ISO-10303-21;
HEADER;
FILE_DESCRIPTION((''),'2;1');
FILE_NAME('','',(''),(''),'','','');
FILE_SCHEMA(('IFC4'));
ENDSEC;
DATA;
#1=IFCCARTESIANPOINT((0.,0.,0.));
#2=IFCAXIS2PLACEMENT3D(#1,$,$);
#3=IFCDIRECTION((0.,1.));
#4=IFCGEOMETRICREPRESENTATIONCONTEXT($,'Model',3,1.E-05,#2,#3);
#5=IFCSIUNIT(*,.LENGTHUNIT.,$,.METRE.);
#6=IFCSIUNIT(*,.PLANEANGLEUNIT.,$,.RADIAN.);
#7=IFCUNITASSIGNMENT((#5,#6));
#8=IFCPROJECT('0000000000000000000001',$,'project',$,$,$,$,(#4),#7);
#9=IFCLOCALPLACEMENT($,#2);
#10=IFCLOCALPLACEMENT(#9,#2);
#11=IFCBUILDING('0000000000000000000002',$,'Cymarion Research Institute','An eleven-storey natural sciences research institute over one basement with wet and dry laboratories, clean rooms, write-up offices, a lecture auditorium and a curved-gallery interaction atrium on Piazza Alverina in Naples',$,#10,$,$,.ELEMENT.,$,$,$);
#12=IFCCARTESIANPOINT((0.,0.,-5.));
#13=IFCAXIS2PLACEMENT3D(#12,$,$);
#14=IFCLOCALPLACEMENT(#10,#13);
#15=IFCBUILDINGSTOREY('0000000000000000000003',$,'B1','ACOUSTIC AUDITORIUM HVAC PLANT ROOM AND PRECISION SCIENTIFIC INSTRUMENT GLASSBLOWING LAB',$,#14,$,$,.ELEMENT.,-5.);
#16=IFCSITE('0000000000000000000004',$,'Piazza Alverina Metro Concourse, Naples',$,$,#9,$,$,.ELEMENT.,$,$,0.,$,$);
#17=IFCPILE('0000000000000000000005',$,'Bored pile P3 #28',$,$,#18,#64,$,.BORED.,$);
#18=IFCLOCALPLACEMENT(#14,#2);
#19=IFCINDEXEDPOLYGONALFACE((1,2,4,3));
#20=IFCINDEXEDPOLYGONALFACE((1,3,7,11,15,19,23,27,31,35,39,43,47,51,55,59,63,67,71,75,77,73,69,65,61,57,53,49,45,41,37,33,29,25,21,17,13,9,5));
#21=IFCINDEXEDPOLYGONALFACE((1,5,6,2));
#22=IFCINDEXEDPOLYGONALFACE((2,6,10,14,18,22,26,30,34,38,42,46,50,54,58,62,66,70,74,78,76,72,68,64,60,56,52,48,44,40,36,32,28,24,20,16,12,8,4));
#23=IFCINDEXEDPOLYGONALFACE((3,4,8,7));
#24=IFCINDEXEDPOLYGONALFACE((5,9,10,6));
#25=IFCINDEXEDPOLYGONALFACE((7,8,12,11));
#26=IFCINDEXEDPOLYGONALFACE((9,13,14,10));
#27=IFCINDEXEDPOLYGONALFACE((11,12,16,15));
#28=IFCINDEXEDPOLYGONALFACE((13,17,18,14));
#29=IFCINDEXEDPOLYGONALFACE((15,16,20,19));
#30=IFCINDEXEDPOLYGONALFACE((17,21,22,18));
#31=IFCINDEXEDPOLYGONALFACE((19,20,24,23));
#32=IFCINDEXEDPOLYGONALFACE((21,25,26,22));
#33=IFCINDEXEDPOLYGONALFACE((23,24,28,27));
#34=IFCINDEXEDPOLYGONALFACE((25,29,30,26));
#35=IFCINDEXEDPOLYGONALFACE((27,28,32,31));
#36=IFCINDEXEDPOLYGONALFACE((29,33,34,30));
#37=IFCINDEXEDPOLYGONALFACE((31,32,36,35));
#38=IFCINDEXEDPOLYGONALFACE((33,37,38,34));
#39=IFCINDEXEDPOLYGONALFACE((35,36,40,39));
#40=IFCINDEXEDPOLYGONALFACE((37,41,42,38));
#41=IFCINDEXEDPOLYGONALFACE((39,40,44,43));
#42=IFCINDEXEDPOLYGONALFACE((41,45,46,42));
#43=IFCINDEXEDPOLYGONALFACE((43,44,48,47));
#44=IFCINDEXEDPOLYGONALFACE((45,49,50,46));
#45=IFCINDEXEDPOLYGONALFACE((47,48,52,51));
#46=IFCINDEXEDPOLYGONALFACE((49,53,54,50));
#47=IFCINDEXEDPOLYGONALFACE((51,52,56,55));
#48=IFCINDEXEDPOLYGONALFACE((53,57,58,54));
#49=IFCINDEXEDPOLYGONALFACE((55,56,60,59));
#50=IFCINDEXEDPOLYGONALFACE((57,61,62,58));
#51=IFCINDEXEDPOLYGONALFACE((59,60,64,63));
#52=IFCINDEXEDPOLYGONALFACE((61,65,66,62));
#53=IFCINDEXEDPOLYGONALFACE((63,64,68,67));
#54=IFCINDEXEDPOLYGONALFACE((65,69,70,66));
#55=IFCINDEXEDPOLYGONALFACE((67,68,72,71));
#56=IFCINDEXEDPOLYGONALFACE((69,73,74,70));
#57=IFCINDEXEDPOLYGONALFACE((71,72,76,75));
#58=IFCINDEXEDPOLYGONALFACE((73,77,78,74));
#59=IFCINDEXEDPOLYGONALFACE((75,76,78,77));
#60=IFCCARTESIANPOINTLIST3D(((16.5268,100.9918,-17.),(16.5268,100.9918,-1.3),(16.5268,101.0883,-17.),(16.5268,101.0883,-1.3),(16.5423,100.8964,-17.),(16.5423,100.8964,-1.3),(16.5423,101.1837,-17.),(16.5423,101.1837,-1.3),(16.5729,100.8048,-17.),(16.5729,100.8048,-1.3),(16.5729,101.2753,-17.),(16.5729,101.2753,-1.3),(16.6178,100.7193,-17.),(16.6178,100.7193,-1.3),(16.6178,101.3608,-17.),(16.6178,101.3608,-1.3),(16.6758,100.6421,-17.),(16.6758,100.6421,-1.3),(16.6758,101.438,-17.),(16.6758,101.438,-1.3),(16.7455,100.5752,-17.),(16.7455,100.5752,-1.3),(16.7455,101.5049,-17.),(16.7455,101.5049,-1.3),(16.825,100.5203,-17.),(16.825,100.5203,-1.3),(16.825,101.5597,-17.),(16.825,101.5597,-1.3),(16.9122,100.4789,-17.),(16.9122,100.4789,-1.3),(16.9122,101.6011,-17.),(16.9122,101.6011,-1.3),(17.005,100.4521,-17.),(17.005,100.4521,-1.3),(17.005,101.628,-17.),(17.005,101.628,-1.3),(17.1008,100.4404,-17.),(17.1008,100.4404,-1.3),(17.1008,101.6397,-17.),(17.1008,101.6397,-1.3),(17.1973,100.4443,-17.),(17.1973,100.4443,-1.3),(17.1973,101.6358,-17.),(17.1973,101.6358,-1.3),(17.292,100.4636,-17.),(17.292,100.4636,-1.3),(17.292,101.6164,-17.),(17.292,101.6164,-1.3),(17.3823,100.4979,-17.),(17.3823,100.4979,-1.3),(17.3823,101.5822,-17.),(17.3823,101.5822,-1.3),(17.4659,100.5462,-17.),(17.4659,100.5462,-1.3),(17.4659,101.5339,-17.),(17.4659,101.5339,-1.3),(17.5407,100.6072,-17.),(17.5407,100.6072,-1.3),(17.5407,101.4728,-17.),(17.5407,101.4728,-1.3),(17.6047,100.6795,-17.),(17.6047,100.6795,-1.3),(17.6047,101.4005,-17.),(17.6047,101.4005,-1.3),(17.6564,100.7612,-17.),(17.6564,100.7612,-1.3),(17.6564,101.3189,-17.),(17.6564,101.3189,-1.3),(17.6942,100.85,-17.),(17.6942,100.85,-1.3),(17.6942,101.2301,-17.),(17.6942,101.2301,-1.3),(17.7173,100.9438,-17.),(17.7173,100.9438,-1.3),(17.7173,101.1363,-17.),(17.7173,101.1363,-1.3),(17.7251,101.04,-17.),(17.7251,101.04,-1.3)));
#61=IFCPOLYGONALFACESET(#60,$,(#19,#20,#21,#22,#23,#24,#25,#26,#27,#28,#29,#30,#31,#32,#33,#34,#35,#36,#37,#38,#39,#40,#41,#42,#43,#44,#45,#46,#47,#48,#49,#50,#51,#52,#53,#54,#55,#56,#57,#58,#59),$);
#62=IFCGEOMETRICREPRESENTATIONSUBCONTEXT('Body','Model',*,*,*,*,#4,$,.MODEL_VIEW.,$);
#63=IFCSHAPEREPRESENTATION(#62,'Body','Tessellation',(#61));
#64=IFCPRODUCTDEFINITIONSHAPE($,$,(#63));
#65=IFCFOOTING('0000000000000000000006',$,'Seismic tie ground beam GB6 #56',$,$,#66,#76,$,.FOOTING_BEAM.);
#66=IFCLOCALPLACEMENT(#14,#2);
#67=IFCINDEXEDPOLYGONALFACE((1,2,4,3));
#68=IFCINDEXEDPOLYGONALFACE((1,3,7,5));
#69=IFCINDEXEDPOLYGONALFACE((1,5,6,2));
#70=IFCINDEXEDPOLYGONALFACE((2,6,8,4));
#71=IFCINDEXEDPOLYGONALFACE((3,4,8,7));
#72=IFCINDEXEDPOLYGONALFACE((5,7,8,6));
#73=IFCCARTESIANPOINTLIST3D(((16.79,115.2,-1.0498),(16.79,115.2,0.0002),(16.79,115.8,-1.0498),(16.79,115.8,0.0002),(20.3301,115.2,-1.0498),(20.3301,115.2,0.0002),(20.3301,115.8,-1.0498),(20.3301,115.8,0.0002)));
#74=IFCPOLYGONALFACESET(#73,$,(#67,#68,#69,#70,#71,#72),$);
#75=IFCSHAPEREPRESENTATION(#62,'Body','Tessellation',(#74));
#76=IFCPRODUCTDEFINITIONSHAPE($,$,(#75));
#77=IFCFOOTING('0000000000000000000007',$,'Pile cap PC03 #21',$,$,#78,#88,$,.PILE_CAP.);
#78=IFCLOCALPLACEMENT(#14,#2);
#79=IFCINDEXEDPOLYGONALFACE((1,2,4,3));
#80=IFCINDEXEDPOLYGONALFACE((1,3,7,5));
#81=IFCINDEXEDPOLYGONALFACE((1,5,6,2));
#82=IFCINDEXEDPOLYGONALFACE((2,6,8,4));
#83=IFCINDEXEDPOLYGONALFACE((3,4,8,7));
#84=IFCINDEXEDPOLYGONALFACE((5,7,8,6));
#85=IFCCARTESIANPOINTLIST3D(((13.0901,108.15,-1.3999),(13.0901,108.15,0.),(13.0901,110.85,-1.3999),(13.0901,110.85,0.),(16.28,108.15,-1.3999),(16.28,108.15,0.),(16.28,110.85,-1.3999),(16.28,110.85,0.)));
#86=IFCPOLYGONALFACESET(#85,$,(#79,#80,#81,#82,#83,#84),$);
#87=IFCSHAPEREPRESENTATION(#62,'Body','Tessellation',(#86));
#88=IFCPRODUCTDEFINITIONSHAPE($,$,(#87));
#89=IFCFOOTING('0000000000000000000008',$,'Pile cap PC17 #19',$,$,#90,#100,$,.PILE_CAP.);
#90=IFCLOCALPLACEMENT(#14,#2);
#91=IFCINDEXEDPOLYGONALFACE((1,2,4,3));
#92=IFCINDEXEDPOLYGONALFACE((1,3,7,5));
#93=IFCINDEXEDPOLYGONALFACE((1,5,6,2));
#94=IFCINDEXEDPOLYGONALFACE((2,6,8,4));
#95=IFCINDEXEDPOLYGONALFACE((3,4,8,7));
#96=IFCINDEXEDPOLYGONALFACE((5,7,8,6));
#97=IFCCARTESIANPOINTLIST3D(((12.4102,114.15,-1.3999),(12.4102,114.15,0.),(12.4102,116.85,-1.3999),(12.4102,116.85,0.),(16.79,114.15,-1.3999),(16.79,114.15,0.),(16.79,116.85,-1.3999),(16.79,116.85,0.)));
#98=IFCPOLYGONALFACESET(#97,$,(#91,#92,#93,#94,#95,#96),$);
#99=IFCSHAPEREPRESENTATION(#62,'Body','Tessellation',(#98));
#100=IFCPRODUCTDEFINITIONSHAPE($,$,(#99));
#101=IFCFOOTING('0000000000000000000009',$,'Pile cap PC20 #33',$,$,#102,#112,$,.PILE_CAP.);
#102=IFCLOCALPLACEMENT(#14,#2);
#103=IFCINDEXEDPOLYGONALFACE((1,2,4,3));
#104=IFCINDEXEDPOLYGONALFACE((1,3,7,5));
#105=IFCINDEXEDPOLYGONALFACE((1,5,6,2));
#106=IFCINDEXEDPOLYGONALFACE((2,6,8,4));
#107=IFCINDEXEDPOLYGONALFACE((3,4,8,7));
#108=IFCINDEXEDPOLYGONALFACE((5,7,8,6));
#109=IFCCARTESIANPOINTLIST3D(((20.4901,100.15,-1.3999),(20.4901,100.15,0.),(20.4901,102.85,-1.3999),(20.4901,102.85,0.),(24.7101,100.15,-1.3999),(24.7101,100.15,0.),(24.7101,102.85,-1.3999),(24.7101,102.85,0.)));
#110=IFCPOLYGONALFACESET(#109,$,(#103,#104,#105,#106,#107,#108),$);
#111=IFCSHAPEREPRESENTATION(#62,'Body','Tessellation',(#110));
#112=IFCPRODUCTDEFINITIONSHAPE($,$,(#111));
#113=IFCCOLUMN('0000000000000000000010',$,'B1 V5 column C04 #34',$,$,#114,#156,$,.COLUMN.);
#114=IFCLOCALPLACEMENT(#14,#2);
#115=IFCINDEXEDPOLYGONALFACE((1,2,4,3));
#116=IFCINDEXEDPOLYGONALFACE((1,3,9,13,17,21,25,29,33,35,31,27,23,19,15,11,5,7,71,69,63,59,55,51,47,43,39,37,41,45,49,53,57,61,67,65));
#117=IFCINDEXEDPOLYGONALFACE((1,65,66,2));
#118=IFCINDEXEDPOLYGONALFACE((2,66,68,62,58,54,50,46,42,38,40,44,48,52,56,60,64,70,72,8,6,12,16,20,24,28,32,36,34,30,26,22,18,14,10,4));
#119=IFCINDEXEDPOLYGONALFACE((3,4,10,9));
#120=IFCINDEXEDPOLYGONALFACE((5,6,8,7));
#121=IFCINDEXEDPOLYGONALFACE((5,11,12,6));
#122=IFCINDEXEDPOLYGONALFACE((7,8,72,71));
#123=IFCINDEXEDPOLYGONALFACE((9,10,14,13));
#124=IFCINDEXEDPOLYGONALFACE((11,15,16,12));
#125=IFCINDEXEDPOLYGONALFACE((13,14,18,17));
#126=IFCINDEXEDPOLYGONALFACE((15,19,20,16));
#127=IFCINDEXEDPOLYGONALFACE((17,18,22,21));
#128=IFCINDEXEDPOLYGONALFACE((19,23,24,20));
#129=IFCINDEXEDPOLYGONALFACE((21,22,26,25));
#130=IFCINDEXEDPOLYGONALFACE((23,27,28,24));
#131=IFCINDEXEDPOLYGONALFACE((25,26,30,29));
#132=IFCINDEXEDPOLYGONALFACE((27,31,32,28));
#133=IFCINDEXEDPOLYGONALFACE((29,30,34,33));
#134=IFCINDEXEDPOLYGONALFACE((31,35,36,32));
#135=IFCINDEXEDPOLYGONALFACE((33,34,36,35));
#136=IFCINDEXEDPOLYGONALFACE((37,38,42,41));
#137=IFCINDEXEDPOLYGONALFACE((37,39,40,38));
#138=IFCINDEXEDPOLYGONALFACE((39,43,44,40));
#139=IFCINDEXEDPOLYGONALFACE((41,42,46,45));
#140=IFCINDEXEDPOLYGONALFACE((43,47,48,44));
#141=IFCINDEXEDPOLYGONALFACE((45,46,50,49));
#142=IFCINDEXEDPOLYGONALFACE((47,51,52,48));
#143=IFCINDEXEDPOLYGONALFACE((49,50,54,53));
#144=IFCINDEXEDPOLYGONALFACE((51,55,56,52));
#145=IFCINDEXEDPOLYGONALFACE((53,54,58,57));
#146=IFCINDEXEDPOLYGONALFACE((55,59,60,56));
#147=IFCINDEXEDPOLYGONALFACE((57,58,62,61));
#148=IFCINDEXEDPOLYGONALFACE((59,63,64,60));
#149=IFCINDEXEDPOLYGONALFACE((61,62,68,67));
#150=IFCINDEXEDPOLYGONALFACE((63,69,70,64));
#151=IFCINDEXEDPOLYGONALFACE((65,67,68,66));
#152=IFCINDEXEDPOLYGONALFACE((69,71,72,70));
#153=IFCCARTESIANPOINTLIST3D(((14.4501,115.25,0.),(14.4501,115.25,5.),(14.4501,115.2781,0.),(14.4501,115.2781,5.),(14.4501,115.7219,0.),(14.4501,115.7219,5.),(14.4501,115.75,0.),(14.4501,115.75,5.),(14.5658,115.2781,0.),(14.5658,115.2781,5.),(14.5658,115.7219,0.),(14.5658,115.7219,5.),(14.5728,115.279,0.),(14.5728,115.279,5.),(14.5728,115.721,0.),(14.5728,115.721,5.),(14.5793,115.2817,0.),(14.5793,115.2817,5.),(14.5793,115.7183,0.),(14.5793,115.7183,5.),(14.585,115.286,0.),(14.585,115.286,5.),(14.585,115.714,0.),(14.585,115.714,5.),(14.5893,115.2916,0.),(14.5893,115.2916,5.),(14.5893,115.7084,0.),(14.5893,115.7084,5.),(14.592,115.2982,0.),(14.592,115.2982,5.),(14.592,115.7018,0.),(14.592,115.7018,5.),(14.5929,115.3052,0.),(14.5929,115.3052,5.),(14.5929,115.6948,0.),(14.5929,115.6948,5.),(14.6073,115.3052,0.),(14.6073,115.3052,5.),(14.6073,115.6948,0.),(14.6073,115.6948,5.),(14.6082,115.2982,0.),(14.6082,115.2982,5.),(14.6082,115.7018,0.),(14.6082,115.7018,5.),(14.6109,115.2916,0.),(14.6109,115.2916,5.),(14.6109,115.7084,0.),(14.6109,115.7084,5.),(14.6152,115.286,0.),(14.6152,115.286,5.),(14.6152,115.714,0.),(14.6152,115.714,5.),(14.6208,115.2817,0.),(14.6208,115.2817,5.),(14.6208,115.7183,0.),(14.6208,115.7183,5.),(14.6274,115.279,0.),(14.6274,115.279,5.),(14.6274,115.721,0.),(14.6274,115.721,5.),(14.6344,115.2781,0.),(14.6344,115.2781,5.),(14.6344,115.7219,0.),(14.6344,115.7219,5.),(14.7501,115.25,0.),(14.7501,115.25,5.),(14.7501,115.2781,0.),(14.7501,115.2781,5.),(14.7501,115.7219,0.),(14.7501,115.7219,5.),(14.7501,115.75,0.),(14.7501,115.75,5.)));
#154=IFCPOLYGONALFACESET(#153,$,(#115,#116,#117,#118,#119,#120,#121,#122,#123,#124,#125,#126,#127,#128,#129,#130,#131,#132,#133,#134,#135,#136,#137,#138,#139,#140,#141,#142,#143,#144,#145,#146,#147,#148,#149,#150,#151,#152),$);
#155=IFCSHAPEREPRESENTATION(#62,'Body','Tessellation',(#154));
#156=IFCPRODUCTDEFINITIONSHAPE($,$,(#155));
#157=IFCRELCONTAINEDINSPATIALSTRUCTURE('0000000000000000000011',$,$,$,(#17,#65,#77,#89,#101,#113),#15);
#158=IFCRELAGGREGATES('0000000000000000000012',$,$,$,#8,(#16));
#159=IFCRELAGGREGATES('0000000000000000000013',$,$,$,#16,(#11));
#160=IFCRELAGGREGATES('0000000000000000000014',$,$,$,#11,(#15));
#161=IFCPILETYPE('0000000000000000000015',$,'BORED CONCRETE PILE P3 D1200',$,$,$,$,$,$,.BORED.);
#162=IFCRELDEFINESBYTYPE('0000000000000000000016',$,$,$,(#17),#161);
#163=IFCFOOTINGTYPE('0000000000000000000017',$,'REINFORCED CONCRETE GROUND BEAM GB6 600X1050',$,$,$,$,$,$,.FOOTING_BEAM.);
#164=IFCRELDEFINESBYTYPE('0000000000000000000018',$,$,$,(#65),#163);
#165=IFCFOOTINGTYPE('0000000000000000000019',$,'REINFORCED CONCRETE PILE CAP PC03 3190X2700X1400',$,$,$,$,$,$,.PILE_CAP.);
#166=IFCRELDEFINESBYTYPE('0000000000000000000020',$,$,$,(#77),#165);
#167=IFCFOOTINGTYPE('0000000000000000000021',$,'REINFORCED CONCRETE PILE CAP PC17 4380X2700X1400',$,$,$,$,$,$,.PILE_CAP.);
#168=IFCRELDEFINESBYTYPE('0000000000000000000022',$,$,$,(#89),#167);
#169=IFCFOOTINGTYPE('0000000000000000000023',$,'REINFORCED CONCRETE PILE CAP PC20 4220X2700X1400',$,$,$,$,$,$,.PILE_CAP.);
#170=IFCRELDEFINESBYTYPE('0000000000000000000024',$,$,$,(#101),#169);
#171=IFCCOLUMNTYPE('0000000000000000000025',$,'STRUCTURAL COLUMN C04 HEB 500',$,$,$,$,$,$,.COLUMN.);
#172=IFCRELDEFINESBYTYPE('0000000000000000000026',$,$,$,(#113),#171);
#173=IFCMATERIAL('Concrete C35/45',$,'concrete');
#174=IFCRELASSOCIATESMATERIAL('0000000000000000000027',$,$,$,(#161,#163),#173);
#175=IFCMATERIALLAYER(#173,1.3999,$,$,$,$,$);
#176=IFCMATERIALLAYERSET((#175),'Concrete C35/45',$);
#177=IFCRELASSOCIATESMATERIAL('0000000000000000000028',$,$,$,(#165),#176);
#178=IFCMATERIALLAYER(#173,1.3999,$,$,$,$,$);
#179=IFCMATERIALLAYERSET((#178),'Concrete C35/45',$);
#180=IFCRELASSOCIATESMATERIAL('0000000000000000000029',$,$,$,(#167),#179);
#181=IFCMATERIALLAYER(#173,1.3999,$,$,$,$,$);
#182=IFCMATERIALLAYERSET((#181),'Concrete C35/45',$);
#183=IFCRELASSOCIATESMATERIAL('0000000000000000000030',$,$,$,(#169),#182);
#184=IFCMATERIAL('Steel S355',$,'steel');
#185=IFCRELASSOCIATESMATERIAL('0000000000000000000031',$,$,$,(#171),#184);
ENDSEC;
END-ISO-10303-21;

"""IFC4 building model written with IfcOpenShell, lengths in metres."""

from ifc_helpers import new_model, si_unit, direction, frame, origin, origin_2d, place, context, subcontext, project, spatial, rectangle, circle, i_section, extrude, material, layer, layer_set, material_profile, profile_set, type_object, element, save


model = new_model("IFC4")

# Units and contexts
model_context = context("Model", 3, precision=1e-05, world=origin(), true_north=direction((0.0, 1.0)))
body_context = subcontext(model_context, "Body", "Model", "MODEL_VIEW")
ifc_project = project(units=[si_unit("LENGTHUNIT", "METRE"), si_unit("PLANEANGLEUNIT", "RADIAN")], contexts=[model_context])

# Site, building, storey
site_placement = place(None, origin())
site = spatial("IfcSite", under=ifc_project, at=site_placement, Name="Piazza Alverina Metro Concourse, Naples", CompositionType="ELEMENT", RefElevation=0.0)
building_placement = place(site_placement, origin())
building = spatial("IfcBuilding", under=site, at=building_placement, Name="Cymarion Research Institute", Description="An eleven-storey natural sciences research institute over one basement with wet and dry laboratories, clean rooms, write-up offices, a lecture auditorium and a curved-gallery interaction atrium on Piazza Alverina in Naples", CompositionType="ELEMENT")
storey_placement = place(building_placement, frame((0.0, 0.0, -5.0)))
storey = spatial("IfcBuildingStorey", under=building, at=storey_placement, Name="B1", Description="ACOUSTIC AUDITORIUM HVAC PLANT ROOM AND PRECISION SCIENTIFIC INSTRUMENT GLASSBLOWING LAB", CompositionType="ELEMENT", Elevation=-5.0)

# Pile
ifc_material_1 = material(Name="Concrete C35/45", Category="concrete")
ifc_material_profile_1 = material_profile(ifc_material_1, circle(Radius=0.6001, at=origin_2d()), Name="BORED PILE D1200")
ifc_profile_set_1 = profile_set([ifc_material_profile_1], Name="Concrete C35/45")
pile_type_1 = type_object("IfcPileType", Name="BORED CONCRETE PILE P3 D1200", PredefinedType="BORED", material=ifc_profile_set_1)
for number, where, z_axis, x_axis, name in (
    (1, (17.125, 101.04, -1.3), (0.0, 0.0, -1.0), (1.0, 0.0, 0.0), "Bored pile P3 #28"),
):
    element("IfcPile", number, at=place(storey_placement, frame(where, z_axis=z_axis, x_axis=x_axis)), inside=storey, type_object=pile_type_1, Name=name, PredefinedType="BORED", context=body_context, shape_type="SweptSolid", body=[
        extrude(circle(Radius=0.6001, at=origin_2d()), origin(), (0.0, 0.0, 1.0), 15.7),
    ])

# Footings
footing_type_1 = type_object("IfcFootingType", Name="REINFORCED CONCRETE GROUND BEAM GB6 600X1050", PredefinedType="FOOTING_BEAM", material=ifc_material_1)
footing_1_placement = place(storey_placement, frame((18.5601, 115.5, -1.0498), z_axis=(0.0, 0.0, 1.0), x_axis=(1.0, 0.0, 0.0)))
element("IfcFooting", 2, at=footing_1_placement, inside=storey, type_object=footing_type_1, Name="Seismic tie ground beam GB6 #56", PredefinedType="FOOTING_BEAM", context=body_context, shape_type="SweptSolid", body=[
    extrude(rectangle(XDim=3.54, YDim=0.6001, at=origin_2d()), origin(), (0.0, 0.0, 1.0), 1.05),
])
ifc_layer_1 = layer(ifc_material_1, 1.3999)
ifc_layer_set_1 = layer_set([ifc_layer_1], Name="Concrete C35/45")
footing_type_2 = type_object("IfcFootingType", Name="REINFORCED CONCRETE PILE CAP PC03 3190X2700X1400", PredefinedType="PILE_CAP", material=ifc_layer_set_1)
footing_2_placement = place(storey_placement, frame((14.6851, 109.5, -1.3999), z_axis=(0.0, 0.0, 1.0), x_axis=(1.0, 0.0, 0.0)))
element("IfcFooting", 3, at=footing_2_placement, inside=storey, type_object=footing_type_2, Name="Pile cap PC03 #21", PredefinedType="PILE_CAP", context=body_context, shape_type="SweptSolid", body=[
    extrude(rectangle(XDim=3.1899, YDim=2.7, at=origin_2d()), origin(), (0.0, 0.0, 1.0), 1.3999),
])
ifc_layer_2 = layer(ifc_material_1, 1.3999)
ifc_layer_set_2 = layer_set([ifc_layer_2], Name="Concrete C35/45")
footing_type_3 = type_object("IfcFootingType", Name="REINFORCED CONCRETE PILE CAP PC17 4380X2700X1400", PredefinedType="PILE_CAP", material=ifc_layer_set_2)
footing_3_placement = place(storey_placement, frame((14.6001, 115.5, -1.3999), z_axis=(0.0, 0.0, 1.0), x_axis=(1.0, 0.0, 0.0)))
element("IfcFooting", 4, at=footing_3_placement, inside=storey, type_object=footing_type_3, Name="Pile cap PC17 #19", PredefinedType="PILE_CAP", context=body_context, shape_type="SweptSolid", body=[
    extrude(rectangle(XDim=4.3799, YDim=2.7, at=origin_2d()), origin(), (0.0, 0.0, 1.0), 1.3999),
])
ifc_layer_3 = layer(ifc_material_1, 1.3999)
ifc_layer_set_3 = layer_set([ifc_layer_3], Name="Concrete C35/45")
footing_type_4 = type_object("IfcFootingType", Name="REINFORCED CONCRETE PILE CAP PC20 4220X2700X1400", PredefinedType="PILE_CAP", material=ifc_layer_set_3)
footing_4_placement = place(storey_placement, frame((22.6001, 101.5, -1.3999), z_axis=(0.0, 0.0, 1.0), x_axis=(1.0, 0.0, 0.0)))
element("IfcFooting", 5, at=footing_4_placement, inside=storey, type_object=footing_type_4, Name="Pile cap PC20 #33", PredefinedType="PILE_CAP", context=body_context, shape_type="SweptSolid", body=[
    extrude(rectangle(XDim=4.22, YDim=2.7, at=origin_2d()), origin(), (0.0, 0.0, 1.0), 1.3999),
])

# Column
ifc_material_2 = material(Name="Steel S355", Category="steel")
ifc_material_profile_2 = material_profile(ifc_material_2, i_section(OverallWidth=0.3, OverallDepth=0.5, WebThickness=0.0144, FlangeThickness=0.0281, FilletRadius=0.0271, at=origin_2d()), Name="HEB 500")
ifc_profile_set_2 = profile_set([ifc_material_profile_2], Name="Steel S355")
column_type_1 = type_object("IfcColumnType", Name="STRUCTURAL COLUMN C04 HEB 500", PredefinedType="COLUMN", material=ifc_profile_set_2)
column_1_placement = place(storey_placement, frame((14.6001, 115.5, 0.0), z_axis=(0.0, 0.0, 1.0), x_axis=(1.0, 0.0, 0.0)))
element("IfcColumn", 6, at=column_1_placement, inside=storey, type_object=column_type_1, Name="B1 V5 column C04 #34", PredefinedType="COLUMN", context=body_context, shape_type="SweptSolid", body=[
    extrude(i_section(OverallWidth=0.3, OverallDepth=0.5, WebThickness=0.0144, FlangeThickness=0.0281, FilletRadius=0.0271, at=origin_2d()), origin(), (0.0, 0.0, 1.0), 5.0),
])

save(model, "model.ifc")
